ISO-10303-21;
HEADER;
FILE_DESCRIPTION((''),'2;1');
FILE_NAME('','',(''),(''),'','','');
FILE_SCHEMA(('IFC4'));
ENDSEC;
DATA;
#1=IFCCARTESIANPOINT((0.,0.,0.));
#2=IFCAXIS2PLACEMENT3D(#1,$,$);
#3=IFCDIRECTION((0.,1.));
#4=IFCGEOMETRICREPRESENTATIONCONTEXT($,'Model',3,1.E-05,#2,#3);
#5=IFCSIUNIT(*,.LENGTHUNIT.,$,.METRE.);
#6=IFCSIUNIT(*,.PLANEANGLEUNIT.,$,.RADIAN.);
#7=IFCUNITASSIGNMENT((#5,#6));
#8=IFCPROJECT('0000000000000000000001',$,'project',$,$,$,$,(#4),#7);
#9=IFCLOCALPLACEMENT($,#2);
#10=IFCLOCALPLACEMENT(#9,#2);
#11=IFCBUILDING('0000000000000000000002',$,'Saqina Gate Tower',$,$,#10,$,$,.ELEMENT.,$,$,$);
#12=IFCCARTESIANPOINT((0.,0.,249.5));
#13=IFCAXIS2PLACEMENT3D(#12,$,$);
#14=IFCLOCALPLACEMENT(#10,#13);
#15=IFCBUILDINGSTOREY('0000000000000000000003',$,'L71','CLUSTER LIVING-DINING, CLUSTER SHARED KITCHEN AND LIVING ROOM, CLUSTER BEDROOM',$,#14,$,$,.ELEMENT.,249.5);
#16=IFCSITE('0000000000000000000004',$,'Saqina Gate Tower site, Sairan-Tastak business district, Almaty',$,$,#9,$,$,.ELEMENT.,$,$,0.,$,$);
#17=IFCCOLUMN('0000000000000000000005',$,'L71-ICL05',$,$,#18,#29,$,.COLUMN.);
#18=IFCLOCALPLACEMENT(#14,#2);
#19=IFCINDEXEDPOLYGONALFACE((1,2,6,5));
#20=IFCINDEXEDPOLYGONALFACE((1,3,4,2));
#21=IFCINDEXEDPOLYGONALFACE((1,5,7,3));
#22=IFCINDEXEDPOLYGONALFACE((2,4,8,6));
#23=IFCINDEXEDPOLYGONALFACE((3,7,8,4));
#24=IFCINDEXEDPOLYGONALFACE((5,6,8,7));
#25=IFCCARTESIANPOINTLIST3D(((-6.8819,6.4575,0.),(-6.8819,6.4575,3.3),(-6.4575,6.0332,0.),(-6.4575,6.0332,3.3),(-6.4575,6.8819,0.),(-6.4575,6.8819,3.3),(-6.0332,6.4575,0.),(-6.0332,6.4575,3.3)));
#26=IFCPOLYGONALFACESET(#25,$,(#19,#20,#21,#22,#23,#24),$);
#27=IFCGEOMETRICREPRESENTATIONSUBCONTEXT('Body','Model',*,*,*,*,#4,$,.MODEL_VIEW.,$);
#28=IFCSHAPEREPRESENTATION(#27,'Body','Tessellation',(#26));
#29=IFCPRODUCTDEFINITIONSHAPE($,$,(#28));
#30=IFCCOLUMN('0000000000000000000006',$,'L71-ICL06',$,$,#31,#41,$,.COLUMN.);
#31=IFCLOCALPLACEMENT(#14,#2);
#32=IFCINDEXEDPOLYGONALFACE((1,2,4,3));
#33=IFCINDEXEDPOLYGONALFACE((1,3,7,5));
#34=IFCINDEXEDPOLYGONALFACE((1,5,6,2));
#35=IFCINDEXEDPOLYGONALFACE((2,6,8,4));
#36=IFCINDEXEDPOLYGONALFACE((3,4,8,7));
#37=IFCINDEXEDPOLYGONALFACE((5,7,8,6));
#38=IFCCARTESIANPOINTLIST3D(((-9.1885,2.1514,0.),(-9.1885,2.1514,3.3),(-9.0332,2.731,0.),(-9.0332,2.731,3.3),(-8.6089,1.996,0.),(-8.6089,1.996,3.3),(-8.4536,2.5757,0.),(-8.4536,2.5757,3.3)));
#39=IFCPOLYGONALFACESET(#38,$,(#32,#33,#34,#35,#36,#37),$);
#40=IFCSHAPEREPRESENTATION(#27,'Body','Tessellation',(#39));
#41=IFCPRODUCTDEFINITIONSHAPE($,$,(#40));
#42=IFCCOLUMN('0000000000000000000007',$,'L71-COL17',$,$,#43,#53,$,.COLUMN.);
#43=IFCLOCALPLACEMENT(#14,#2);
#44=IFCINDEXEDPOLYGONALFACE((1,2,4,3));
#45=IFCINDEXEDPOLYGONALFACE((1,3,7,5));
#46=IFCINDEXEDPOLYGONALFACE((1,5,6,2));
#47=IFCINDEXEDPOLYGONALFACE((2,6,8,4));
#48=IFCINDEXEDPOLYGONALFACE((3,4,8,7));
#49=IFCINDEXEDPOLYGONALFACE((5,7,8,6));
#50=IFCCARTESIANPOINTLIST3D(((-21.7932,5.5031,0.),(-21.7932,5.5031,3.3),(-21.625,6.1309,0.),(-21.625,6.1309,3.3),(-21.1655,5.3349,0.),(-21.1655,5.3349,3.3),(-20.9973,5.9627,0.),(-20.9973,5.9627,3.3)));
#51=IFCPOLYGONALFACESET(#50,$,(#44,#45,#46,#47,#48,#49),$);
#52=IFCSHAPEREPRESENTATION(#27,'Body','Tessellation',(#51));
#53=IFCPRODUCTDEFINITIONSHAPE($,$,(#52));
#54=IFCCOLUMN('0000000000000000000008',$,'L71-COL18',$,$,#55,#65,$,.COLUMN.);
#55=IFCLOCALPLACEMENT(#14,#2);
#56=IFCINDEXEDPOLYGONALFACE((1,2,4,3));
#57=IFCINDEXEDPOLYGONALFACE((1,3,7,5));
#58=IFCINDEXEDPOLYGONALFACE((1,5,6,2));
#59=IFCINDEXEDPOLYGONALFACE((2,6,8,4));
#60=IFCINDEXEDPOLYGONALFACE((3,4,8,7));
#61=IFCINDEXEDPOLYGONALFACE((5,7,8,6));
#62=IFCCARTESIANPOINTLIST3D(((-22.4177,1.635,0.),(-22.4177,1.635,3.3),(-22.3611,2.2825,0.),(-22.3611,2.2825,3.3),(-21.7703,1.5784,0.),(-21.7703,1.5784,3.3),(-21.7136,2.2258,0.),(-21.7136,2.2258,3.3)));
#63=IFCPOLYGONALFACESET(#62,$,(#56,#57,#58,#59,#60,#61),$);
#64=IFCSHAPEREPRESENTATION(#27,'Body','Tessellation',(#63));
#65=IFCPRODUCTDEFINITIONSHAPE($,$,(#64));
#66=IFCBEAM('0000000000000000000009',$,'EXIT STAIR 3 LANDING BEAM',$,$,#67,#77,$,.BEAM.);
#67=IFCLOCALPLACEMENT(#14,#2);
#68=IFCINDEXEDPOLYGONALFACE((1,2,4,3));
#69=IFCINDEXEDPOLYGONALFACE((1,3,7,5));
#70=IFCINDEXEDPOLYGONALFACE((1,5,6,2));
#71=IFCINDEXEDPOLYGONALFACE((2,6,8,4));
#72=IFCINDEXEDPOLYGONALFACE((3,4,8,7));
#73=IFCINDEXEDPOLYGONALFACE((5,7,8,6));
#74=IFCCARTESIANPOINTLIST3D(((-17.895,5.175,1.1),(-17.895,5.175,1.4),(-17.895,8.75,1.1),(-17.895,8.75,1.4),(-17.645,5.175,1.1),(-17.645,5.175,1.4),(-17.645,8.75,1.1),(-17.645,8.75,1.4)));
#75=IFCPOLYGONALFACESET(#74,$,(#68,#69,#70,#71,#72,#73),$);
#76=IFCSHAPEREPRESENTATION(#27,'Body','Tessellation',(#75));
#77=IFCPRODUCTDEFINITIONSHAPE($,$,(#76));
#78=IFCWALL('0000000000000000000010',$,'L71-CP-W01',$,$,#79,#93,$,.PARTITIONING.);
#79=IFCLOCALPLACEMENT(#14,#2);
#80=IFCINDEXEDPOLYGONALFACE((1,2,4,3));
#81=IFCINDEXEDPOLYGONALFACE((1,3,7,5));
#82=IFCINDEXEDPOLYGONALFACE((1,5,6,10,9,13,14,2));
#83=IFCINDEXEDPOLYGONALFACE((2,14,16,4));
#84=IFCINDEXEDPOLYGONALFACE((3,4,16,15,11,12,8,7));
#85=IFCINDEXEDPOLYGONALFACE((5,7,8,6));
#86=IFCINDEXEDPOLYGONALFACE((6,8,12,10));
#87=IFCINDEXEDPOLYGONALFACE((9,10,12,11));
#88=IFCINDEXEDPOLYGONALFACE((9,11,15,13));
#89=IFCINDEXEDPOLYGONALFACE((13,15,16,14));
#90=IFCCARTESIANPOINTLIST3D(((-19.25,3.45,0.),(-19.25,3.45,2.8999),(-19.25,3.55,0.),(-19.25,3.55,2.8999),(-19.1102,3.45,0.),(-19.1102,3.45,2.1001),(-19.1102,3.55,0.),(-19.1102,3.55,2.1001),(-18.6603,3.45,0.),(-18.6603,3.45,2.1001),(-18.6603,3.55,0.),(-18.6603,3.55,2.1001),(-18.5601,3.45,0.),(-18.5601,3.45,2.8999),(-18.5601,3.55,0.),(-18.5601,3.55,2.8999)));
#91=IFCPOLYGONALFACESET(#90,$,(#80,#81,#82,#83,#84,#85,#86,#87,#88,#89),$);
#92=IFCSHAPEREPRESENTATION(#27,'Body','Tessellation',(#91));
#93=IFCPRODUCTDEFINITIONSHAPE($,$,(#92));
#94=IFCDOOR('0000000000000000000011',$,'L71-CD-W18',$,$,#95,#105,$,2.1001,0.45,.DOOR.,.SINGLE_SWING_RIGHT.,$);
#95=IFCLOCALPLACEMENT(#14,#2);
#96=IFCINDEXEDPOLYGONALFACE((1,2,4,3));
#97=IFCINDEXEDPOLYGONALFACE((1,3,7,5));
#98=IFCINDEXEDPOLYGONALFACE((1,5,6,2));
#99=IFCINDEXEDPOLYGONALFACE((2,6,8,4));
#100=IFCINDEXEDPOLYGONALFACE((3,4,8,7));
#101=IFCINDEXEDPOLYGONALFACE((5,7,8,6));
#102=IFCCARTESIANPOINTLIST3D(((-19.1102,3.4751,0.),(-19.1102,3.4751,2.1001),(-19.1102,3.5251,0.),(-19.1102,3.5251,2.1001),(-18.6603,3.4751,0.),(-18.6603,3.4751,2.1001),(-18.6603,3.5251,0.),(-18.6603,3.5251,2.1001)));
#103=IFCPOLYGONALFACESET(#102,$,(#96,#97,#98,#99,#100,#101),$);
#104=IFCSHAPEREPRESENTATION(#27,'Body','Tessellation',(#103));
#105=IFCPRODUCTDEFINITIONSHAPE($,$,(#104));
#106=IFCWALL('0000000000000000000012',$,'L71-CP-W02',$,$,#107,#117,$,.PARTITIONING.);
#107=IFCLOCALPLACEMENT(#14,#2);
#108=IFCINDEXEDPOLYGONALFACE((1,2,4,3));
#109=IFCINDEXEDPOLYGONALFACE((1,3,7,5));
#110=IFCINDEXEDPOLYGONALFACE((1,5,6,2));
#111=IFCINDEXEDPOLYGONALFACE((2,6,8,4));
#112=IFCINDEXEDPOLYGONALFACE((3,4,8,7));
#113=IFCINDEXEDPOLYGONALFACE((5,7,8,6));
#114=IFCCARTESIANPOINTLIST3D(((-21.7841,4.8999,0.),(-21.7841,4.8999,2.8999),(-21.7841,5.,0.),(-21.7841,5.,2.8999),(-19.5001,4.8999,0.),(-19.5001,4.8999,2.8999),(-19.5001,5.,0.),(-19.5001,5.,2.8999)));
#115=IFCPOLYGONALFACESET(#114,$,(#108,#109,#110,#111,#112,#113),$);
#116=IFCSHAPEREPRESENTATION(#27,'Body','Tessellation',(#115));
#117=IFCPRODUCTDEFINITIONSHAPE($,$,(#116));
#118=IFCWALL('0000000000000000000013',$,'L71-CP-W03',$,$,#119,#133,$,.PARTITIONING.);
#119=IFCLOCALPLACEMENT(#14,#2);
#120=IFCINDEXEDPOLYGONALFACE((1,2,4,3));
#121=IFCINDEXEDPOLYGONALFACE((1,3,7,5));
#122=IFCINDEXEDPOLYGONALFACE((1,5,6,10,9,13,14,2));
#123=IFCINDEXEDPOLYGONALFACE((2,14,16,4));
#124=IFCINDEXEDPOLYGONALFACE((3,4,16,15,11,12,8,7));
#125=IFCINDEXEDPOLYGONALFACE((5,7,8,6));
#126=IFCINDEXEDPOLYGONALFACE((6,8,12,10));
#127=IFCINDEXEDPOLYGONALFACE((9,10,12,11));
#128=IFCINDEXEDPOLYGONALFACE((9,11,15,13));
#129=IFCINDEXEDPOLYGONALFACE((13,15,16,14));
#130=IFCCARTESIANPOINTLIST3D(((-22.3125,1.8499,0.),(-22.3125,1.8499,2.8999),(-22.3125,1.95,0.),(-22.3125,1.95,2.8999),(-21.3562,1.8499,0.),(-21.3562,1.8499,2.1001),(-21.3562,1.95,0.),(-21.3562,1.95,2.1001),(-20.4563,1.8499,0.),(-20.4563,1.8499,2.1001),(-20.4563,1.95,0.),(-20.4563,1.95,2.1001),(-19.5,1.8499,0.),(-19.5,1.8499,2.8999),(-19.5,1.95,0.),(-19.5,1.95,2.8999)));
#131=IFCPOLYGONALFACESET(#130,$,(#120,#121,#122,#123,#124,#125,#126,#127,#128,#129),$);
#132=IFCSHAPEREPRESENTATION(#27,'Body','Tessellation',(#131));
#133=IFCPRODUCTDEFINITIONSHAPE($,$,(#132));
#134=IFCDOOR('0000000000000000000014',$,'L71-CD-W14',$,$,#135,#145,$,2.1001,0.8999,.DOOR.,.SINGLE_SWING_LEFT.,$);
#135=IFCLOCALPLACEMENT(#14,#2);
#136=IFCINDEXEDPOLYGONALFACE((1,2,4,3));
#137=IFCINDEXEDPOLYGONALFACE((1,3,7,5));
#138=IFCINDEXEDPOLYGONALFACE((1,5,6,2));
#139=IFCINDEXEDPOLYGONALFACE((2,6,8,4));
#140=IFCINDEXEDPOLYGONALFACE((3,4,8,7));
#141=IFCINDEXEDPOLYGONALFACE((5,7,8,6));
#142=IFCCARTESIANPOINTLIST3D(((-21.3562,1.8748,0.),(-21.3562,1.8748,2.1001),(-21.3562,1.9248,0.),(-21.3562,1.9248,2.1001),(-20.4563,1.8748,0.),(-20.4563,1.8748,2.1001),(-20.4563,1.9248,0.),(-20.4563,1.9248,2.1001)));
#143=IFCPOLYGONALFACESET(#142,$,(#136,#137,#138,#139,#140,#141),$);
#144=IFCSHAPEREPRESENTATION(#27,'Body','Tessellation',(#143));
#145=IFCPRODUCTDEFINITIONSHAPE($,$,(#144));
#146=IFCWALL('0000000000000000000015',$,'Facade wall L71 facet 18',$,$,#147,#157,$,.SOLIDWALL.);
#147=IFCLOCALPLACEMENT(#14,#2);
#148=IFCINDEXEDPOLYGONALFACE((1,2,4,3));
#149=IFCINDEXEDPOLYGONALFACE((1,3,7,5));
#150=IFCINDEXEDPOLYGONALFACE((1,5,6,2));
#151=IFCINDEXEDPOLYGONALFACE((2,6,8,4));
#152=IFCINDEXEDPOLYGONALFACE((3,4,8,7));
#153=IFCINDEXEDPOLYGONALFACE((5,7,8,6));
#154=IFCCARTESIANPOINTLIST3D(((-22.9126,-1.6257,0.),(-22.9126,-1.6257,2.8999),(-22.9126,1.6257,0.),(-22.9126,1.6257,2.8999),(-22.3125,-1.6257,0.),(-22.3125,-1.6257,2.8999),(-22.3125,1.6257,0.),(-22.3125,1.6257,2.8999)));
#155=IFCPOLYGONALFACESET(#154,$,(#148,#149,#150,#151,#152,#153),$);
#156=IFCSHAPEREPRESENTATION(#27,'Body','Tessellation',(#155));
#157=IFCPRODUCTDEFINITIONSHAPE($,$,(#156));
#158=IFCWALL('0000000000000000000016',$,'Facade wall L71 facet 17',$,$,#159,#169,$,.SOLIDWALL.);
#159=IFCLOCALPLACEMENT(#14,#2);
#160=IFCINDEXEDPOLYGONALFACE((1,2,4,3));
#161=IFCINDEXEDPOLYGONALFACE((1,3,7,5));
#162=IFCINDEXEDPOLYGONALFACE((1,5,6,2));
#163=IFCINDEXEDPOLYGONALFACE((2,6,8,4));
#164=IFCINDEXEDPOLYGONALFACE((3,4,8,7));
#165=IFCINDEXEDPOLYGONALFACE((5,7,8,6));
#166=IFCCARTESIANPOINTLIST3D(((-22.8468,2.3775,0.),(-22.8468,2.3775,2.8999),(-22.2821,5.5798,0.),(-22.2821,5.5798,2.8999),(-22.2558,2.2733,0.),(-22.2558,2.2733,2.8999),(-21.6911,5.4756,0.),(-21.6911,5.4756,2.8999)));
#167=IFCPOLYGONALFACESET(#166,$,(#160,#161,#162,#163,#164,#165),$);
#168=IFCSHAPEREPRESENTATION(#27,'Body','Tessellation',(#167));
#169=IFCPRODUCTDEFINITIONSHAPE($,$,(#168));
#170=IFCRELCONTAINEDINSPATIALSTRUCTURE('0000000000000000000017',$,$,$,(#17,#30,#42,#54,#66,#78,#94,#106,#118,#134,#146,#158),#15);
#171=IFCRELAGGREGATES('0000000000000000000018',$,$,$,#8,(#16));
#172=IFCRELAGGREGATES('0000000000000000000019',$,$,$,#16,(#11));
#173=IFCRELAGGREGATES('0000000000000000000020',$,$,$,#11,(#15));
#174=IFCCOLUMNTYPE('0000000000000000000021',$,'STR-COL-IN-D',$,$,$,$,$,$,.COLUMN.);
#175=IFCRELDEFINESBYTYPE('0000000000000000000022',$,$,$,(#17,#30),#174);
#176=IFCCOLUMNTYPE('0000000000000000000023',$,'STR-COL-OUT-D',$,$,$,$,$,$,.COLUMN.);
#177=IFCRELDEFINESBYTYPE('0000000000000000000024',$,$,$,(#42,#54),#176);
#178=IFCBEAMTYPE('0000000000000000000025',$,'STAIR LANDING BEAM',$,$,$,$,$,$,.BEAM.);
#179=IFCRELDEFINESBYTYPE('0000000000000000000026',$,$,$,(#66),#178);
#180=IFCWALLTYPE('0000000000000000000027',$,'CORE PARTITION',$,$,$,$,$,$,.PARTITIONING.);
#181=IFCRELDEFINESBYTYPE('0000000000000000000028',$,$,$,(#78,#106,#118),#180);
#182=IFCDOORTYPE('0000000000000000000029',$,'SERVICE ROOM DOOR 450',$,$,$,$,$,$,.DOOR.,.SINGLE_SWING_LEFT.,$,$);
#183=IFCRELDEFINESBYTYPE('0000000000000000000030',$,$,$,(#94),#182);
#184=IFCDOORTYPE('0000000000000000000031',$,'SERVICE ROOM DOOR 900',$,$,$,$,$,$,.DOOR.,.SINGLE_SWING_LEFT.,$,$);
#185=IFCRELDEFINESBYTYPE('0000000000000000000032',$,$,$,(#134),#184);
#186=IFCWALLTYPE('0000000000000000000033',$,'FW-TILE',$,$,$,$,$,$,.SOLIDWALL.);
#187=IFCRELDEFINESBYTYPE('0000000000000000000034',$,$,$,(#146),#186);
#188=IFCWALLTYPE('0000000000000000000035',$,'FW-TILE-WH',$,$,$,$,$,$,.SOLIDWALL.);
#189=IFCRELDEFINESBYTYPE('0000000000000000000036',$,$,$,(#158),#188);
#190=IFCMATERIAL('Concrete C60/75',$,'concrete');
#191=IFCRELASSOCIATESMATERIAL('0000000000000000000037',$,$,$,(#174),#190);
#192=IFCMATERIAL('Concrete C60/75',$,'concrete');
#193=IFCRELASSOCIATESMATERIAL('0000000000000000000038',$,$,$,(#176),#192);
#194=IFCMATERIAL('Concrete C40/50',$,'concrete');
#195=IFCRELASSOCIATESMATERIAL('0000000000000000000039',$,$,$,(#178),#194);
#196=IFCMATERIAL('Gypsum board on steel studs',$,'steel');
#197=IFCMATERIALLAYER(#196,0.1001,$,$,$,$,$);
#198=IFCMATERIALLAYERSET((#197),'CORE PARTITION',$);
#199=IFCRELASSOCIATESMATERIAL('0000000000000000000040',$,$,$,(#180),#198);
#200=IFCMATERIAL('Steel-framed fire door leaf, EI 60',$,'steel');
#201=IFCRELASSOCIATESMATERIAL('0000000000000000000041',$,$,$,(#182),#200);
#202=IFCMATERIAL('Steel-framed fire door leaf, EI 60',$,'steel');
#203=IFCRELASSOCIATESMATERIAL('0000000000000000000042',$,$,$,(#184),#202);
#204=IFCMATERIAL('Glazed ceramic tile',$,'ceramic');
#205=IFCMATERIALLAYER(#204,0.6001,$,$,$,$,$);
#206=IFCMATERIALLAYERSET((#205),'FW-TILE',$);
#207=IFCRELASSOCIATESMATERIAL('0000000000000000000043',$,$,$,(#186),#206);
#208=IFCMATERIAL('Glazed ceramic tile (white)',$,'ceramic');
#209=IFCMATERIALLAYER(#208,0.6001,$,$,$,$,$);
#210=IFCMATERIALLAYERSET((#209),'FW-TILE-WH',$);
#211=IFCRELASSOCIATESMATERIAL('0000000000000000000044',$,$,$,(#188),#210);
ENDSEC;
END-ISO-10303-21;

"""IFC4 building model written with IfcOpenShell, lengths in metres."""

from ifc_helpers import new_model, si_unit, direction, frame, frame_2d, origin, origin_2d, place, context, subcontext, project, spatial, rectangle, extrude, material, layer, layer_set, material_profile, profile_set, type_object, element, fill, save


model = new_model("IFC4")

# Units and contexts
model_context = context("Model", 3, precision=1e-05, world=origin(), true_north=direction((0.0, 1.0)))
body_context = subcontext(model_context, "Body", "Model", "MODEL_VIEW")
ifc_project = project(units=[si_unit("LENGTHUNIT", "METRE"), si_unit("PLANEANGLEUNIT", "RADIAN")], contexts=[model_context])

# Site, building, storey
site_placement = place(None, origin())
site = spatial("IfcSite", under=ifc_project, at=site_placement, Name="Saqina Gate Tower site, Sairan-Tastak business district, Almaty", CompositionType="ELEMENT", RefElevation=0.0)
building_placement = place(site_placement, origin())
building = spatial("IfcBuilding", under=site, at=building_placement, Name="Saqina Gate Tower", CompositionType="ELEMENT")
storey_placement = place(building_placement, frame((0.0, 0.0, 249.5)))
storey = spatial("IfcBuildingStorey", under=building, at=storey_placement, Name="L71", Description="CLUSTER LIVING-DINING, CLUSTER SHARED KITCHEN AND LIVING ROOM, CLUSTER BEDROOM", CompositionType="ELEMENT", Elevation=249.5)

# Columns
ifc_material_1 = material(Name="Concrete C60/75", Category="concrete")
ifc_material_profile_1 = material_profile(ifc_material_1, rectangle(XDim=0.6001, YDim=0.6001, at=origin_2d()), Name="RC 600x600")
ifc_profile_set_1 = profile_set([ifc_material_profile_1], Name="Concrete C60/75")
column_type_1 = type_object("IfcColumnType", Name="STR-COL-IN-D", PredefinedType="COLUMN", material=ifc_profile_set_1)
for number, where, z_axis, x_axis, name in (
    (1, (-6.4575, 6.4575, 0.0), (0.0, 0.0, 1.0), (-0.707107, 0.707107, 0.0), "L71-ICL05"),
    (2, (-8.821, 2.3635, 0.0), (0.0, 0.0, 1.0), (-0.965926, 0.258819, 0.0), "L71-ICL06"),
):
    element("IfcColumn", number, at=place(storey_placement, frame(where, z_axis=z_axis, x_axis=x_axis)), inside=storey, type_object=column_type_1, Name=name, PredefinedType="COLUMN", context=body_context, shape_type="SweptSolid", body=[
        extrude(rectangle(XDim=0.6001, YDim=0.6001, at=origin_2d()), origin(), (0.0, 0.0, 1.0), 3.3),
    ])
ifc_material_2 = material(Name="Concrete C60/75", Category="concrete")
ifc_material_profile_2 = material_profile(ifc_material_2, rectangle(XDim=0.6499, YDim=0.6499, at=origin_2d()), Name="RC 650x650")
ifc_profile_set_2 = profile_set([ifc_material_profile_2], Name="Concrete C60/75")
column_type_2 = type_object("IfcColumnType", Name="STR-COL-OUT-D", PredefinedType="COLUMN", material=ifc_profile_set_2)
for number, where, z_axis, x_axis, name in (
    (3, (-21.3953, 5.7329, 0.0), (0.0, 0.0, 1.0), (-0.965926, 0.258819, 0.0), "L71-COL17"),
    (4, (-22.0657, 1.9304, 0.0), (0.0, 0.0, 1.0), (-0.996195, 0.087156, 0.0), "L71-COL18"),
):
    element("IfcColumn", number, at=place(storey_placement, frame(where, z_axis=z_axis, x_axis=x_axis)), inside=storey, type_object=column_type_2, Name=name, PredefinedType="COLUMN", context=body_context, shape_type="SweptSolid", body=[
        extrude(rectangle(XDim=0.6499, YDim=0.6499, at=origin_2d()), origin(), (0.0, 0.0, 1.0), 3.3),
    ])

# Beam
ifc_material_3 = material(Name="Concrete C40/50", Category="concrete")
ifc_material_profile_3 = material_profile(ifc_material_3, rectangle(XDim=0.25, YDim=0.3, at=origin_2d()), Name="STAIR LANDING BEAM")
ifc_profile_set_3 = profile_set([ifc_material_profile_3], Name="Concrete C40/50")
beam_type = type_object("IfcBeamType", Name="STAIR LANDING BEAM", PredefinedType="BEAM", material=ifc_profile_set_3)
beam_placement = place(storey_placement, frame((-17.77, 5.175, 1.25), z_axis=(0.0, 1.0, 0.0), x_axis=(-1.0, 0.0, 0.0)))
element("IfcBeam", 5, at=beam_placement, inside=storey, type_object=beam_type, Name="EXIT STAIR 3 LANDING BEAM", PredefinedType="BEAM", context=body_context, shape_type="SweptSolid", body=[
    extrude(rectangle(XDim=0.25, YDim=0.3, at=origin_2d()), origin(), (0.0, 0.0, 1.0), 3.575),
])

# Wall, opening, door
ifc_material_4 = material(Name="Gypsum board on steel studs", Category="steel")
ifc_layer_1 = layer(ifc_material_4, 0.1001)
ifc_layer_set_1 = layer_set([ifc_layer_1], Name="CORE PARTITION")
wall_type_1 = type_object("IfcWallType", Name="CORE PARTITION", PredefinedType="PARTITIONING", material=ifc_layer_set_1)
wall_1_placement = place(storey_placement, frame((-18.5601, 3.5, 0.0), z_axis=(0.0, 0.0, 1.0), x_axis=(-1.0, 0.0, 0.0)))
wall_1 = element("IfcWall", 6, at=wall_1_placement, inside=storey, type_object=wall_type_1, Name="L71-CP-W01", PredefinedType="PARTITIONING", context=body_context, shape_type="SweptSolid", body=[
    extrude(rectangle(XDim=0.6899, YDim=0.1001, at=frame_2d((0.345, 0.0))), origin(), (0.0, 0.0, 1.0), 2.8999),
])
opening_1_placement = place(wall_1_placement, frame((0.1001, 0.0, 0.0)))
opening_1 = element("IfcOpeningElement", 7, at=opening_1_placement, cuts=wall_1, PredefinedType="OPENING", context=body_context, shape_type="SweptSolid", body=[
    extrude(rectangle(XDim=0.45, YDim=2.1001, at=frame_2d((0.2251, 1.05))), frame((0.0, 0.062, 0.0), z_axis=(0.0, -1.0, 0.0), x_axis=(1.0, 0.0, 0.0)), (0.0, 0.0, 1.0), 0.124),
])
ifc_material_5 = material(Name="Steel-framed fire door leaf, EI 60", Category="steel")
door_type_1 = type_object("IfcDoorType", Name="SERVICE ROOM DOOR 450", OperationType="SINGLE_SWING_LEFT", PredefinedType="DOOR", material=ifc_material_5)
door_1_placement = place(opening_1_placement, origin())
door_1 = element("IfcDoor", 8, at=door_1_placement, inside=storey, type_object=door_type_1, Name="L71-CD-W18", OperationType="SINGLE_SWING_RIGHT", OverallHeight=2.1001, OverallWidth=0.45, PredefinedType="DOOR", context=body_context, shape_type="SweptSolid", body=[
    extrude(rectangle(XDim=0.45, YDim=2.1001, at=frame_2d((0.2251, 1.05))), frame((0.0, 0.0249, 0.0), z_axis=(0.0, -1.0, 0.0), x_axis=(1.0, 0.0, 0.0)), (0.0, 0.0, 1.0), 0.05),
])
fill(opening_1, door_1)

# Wall
wall_2_placement = place(storey_placement, frame((-19.5, 4.95, 0.0), z_axis=(0.0, 0.0, 1.0), x_axis=(-1.0, 0.0, 0.0)))
element("IfcWall", 9, at=wall_2_placement, inside=storey, type_object=wall_type_1, Name="L71-CP-W02", PredefinedType="PARTITIONING", context=body_context, shape_type="SweptSolid", body=[
    extrude(rectangle(XDim=2.2839, YDim=0.1001, at=frame_2d((1.1421, 0.0))), origin(), (0.0, 0.0, 1.0), 2.8999),
])

# Wall, opening, door
wall_3_placement = place(storey_placement, frame((-19.5, 1.8999, 0.0), z_axis=(0.0, 0.0, 1.0), x_axis=(-1.0, 0.0, 0.0)))
wall_3 = element("IfcWall", 10, at=wall_3_placement, inside=storey, type_object=wall_type_1, Name="L71-CP-W03", PredefinedType="PARTITIONING", context=body_context, shape_type="SweptSolid", body=[
    extrude(rectangle(XDim=2.8125, YDim=0.1001, at=frame_2d((1.4062, 0.0))), origin(), (0.0, 0.0, 1.0), 2.8999),
])
opening_2_placement = place(wall_3_placement, frame((0.9563, 0.0, 0.0)))
opening_2 = element("IfcOpeningElement", 11, at=opening_2_placement, cuts=wall_3, PredefinedType="OPENING", context=body_context, shape_type="SweptSolid", body=[
    extrude(rectangle(XDim=0.8999, YDim=2.1001, at=frame_2d((0.45, 1.05))), frame((0.0, 0.062, 0.0), z_axis=(0.0, -1.0, 0.0), x_axis=(1.0, 0.0, 0.0)), (0.0, 0.0, 1.0), 0.124),
])
ifc_material_6 = material(Name="Steel-framed fire door leaf, EI 60", Category="steel")
door_type_2 = type_object("IfcDoorType", Name="SERVICE ROOM DOOR 900", OperationType="SINGLE_SWING_LEFT", PredefinedType="DOOR", material=ifc_material_6)
door_2_placement = place(opening_2_placement, frame((0.8999, 0.0, 0.0), z_axis=(0.0, 0.0, 1.0), x_axis=(-1.0, 0.0, 0.0)))
door_2 = element("IfcDoor", 12, at=door_2_placement, inside=storey, type_object=door_type_2, Name="L71-CD-W14", OperationType="SINGLE_SWING_LEFT", OverallHeight=2.1001, OverallWidth=0.8999, PredefinedType="DOOR", context=body_context, shape_type="SweptSolid", body=[
    extrude(rectangle(XDim=0.8999, YDim=2.1001, at=frame_2d((0.45, 1.05))), frame((0.0, 0.0249, 0.0), z_axis=(0.0, -1.0, 0.0), x_axis=(1.0, 0.0, 0.0)), (0.0, 0.0, 1.0), 0.05),
])
fill(opening_2, door_2)

# Walls
ifc_material_7 = material(Name="Glazed ceramic tile", Category="ceramic")
ifc_layer_2 = layer(ifc_material_7, 0.6001)
ifc_layer_set_2 = layer_set([ifc_layer_2], Name="FW-TILE")
wall_type_2 = type_object("IfcWallType", Name="FW-TILE", PredefinedType="SOLIDWALL", material=ifc_layer_set_2)
wall_4_placement = place(storey_placement, frame((-22.6125, 1.6257, 0.0), z_axis=(0.0, 0.0, 1.0), x_axis=(0.0, -1.0, 0.0)))
element("IfcWall", 13, at=wall_4_placement, inside=storey, type_object=wall_type_2, Name="Facade wall L71 facet 18", PredefinedType="SOLIDWALL", context=body_context, shape_type="SweptSolid", body=[
    extrude(rectangle(XDim=3.2515, YDim=0.6001, at=frame_2d((1.6257, 0.0))), origin(), (0.0, 0.0, 1.0), 2.8999),
])
ifc_material_8 = material(Name="Glazed ceramic tile (white)", Category="ceramic")
ifc_layer_3 = layer(ifc_material_8, 0.6001)
ifc_layer_set_3 = layer_set([ifc_layer_3], Name="FW-TILE-WH")
wall_type_3 = type_object("IfcWallType", Name="FW-TILE-WH", PredefinedType="SOLIDWALL", material=ifc_layer_set_3)
wall_5_placement = place(storey_placement, frame((-21.9866, 5.5278, 0.0), z_axis=(0.0, 0.0, 1.0), x_axis=(-0.173657, -0.984806, 0.0)))
element("IfcWall", 14, at=wall_5_placement, inside=storey, type_object=wall_type_3, Name="Facade wall L71 facet 17", PredefinedType="SOLIDWALL", context=body_context, shape_type="SweptSolid", body=[
    extrude(rectangle(XDim=3.2517, YDim=0.6001, at=frame_2d((1.626, 0.0))), origin(), (0.0, 0.0, 1.0), 2.8999),
])

save(model, "model.ifc")
